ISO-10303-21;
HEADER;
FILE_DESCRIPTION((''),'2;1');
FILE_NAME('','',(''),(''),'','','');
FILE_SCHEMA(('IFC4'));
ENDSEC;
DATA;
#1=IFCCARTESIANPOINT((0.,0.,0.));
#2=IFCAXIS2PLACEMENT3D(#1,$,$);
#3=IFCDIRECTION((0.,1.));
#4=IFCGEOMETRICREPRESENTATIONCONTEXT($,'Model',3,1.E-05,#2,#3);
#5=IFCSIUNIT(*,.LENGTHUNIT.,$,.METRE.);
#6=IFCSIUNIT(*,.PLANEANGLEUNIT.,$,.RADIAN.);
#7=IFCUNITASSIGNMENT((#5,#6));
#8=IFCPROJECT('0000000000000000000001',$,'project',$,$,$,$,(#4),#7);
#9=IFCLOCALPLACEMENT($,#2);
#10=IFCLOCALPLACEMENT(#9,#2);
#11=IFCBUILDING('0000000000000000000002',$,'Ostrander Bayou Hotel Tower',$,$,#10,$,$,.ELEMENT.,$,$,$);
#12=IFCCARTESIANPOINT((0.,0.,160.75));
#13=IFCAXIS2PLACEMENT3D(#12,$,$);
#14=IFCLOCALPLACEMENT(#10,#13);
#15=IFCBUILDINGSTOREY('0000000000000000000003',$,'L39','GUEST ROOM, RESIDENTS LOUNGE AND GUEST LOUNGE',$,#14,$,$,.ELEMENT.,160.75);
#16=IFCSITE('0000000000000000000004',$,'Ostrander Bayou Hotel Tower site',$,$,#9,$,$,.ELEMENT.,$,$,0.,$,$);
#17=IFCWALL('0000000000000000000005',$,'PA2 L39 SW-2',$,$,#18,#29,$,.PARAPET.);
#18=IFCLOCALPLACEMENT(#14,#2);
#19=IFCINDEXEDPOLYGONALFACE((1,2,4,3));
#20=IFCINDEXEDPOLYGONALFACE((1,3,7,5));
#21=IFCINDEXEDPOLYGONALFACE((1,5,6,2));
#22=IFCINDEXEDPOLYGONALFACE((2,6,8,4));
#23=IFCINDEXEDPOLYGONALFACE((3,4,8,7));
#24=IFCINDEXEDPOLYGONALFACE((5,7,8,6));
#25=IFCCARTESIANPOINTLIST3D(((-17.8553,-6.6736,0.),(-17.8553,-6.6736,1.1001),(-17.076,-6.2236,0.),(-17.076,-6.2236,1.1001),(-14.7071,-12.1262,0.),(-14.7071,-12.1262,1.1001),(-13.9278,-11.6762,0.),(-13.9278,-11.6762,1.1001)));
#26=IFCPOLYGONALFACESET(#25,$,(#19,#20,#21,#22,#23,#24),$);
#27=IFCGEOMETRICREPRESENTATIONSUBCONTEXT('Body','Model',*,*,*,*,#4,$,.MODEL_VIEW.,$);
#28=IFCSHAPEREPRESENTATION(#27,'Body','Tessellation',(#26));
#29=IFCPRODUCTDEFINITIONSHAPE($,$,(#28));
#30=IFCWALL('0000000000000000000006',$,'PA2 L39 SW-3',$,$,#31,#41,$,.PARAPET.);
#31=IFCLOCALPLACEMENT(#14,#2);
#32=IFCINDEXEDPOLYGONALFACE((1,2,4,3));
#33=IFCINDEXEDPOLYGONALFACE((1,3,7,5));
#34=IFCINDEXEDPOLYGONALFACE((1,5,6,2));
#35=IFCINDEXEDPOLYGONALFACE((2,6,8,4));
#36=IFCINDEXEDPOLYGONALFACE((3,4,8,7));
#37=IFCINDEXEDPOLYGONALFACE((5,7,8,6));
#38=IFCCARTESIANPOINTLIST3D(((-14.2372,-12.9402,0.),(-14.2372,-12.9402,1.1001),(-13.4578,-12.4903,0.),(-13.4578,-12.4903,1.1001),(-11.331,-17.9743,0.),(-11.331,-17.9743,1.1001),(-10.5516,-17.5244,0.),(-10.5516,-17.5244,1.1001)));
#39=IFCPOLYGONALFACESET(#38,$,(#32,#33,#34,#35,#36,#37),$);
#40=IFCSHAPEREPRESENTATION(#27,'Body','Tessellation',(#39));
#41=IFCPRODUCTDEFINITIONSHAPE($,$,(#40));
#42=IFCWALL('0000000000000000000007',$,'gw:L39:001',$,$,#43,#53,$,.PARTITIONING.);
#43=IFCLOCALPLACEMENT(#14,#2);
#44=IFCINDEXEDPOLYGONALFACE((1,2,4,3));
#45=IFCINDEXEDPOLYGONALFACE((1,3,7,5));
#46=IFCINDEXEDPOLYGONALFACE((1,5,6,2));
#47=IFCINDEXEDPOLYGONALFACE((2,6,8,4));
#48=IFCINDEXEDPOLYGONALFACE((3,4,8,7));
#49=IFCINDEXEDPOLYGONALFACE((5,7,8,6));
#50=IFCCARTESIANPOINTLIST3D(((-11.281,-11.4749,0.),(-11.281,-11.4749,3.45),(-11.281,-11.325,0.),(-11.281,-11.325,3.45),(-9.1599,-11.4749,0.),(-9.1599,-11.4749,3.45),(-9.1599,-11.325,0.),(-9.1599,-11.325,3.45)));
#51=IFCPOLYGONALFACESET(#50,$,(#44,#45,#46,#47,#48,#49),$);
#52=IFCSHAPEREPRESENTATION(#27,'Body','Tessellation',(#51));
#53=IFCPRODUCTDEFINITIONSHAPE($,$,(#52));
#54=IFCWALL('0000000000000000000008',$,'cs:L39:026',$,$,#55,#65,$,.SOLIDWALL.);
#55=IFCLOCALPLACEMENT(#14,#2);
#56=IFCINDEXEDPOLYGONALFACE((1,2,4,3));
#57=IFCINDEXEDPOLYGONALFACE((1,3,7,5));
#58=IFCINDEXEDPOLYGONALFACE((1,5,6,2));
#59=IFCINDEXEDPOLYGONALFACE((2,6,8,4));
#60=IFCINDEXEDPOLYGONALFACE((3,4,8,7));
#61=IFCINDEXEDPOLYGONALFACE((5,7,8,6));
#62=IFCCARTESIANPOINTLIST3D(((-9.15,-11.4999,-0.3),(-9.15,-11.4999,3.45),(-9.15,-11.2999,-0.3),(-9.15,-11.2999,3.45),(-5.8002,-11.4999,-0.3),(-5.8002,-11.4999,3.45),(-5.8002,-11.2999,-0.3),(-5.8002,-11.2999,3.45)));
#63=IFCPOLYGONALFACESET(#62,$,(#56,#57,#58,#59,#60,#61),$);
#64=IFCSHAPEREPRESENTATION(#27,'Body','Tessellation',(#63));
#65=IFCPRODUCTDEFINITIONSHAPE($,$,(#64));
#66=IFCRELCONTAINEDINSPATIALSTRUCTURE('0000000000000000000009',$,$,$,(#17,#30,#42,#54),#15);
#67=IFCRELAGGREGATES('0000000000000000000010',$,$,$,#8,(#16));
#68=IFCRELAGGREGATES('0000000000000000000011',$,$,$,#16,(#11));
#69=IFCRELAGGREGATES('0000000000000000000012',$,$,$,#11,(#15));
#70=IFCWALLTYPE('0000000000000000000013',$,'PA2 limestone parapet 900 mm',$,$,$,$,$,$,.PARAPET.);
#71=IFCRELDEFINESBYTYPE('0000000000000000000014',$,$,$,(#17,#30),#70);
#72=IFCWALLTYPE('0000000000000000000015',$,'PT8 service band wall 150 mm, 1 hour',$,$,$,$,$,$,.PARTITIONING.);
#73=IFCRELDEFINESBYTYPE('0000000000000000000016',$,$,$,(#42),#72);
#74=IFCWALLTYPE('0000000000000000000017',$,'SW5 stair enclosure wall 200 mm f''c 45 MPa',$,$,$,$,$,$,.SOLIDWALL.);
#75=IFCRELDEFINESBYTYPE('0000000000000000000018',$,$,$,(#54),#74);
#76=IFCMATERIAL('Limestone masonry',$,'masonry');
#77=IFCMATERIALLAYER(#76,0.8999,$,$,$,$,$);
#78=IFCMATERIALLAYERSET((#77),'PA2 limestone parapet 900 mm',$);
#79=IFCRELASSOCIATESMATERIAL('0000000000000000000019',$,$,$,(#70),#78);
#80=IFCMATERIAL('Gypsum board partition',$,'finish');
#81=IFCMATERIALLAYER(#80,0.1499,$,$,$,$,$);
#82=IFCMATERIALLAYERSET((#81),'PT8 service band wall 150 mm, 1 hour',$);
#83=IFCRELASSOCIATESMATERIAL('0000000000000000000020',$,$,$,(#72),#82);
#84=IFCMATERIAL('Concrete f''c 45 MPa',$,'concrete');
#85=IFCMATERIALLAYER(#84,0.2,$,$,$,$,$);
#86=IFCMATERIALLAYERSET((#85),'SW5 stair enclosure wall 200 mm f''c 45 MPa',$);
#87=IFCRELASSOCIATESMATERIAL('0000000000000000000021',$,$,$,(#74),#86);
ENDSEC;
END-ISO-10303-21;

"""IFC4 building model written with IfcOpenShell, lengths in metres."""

from ifc_helpers import new_model, si_unit, direction, frame, frame_2d, origin, place, context, subcontext, project, spatial, rectangle, extrude, material, layer, layer_set, type_object, element, save


model = new_model("IFC4")

# Units and contexts
model_context = context("Model", 3, precision=1e-05, world=origin(), true_north=direction((0.0, 1.0)))
body_context = subcontext(model_context, "Body", "Model", "MODEL_VIEW")
ifc_project = project(units=[si_unit("LENGTHUNIT", "METRE"), si_unit("PLANEANGLEUNIT", "RADIAN")], contexts=[model_context])

# Site, building, storey
site_placement = place(None, origin())
site = spatial("IfcSite", under=ifc_project, at=site_placement, Name="Ostrander Bayou Hotel Tower site", CompositionType="ELEMENT", RefElevation=0.0)
building_placement = place(site_placement, origin())
building = spatial("IfcBuilding", under=site, at=building_placement, Name="Ostrander Bayou Hotel Tower", CompositionType="ELEMENT")
storey_placement = place(building_placement, frame((0.0, 0.0, 160.75)))
storey = spatial("IfcBuildingStorey", under=building, at=storey_placement, Name="L39", Description="GUEST ROOM, RESIDENTS LOUNGE AND GUEST LOUNGE", CompositionType="ELEMENT", Elevation=160.75)

# Walls
ifc_material_1 = material(Name="Limestone masonry", Category="masonry")
ifc_layer_1 = layer(ifc_material_1, 0.8999)
ifc_layer_set_1 = layer_set([ifc_layer_1], Name="PA2 limestone parapet 900 mm")
wall_type_1 = type_object("IfcWallType", Name="PA2 limestone parapet 900 mm", PredefinedType="PARAPET", material=ifc_layer_set_1)
wall_1_placement = place(storey_placement, frame((-17.4656, -6.4487, 0.0), z_axis=(0.0, 0.0, 1.0), x_axis=(0.500013, -0.866018, 0.0)))
element("IfcWall", 1, at=wall_1_placement, inside=storey, type_object=wall_type_1, Name="PA2 L39 SW-2", PredefinedType="PARAPET", context=body_context, shape_type="SweptSolid", body=[
    extrude(rectangle(XDim=6.2961, YDim=0.8999, at=frame_2d((3.1479, 0.0))), origin(), (0.0, 0.0, 1.0), 1.1001),
])
wall_2_placement = place(storey_placement, frame((-13.8474, -12.7153, 0.0), z_axis=(0.0, 0.0, 1.0), x_axis=(0.49997, -0.866043, 0.0)))
element("IfcWall", 2, at=wall_2_placement, inside=storey, type_object=wall_type_1, Name="PA2 L39 SW-3", PredefinedType="PARAPET", context=body_context, shape_type="SweptSolid", body=[
    extrude(rectangle(XDim=5.8127, YDim=0.8999, at=frame_2d((2.9062, 0.0))), origin(), (0.0, 0.0, 1.0), 1.1001),
])
ifc_material_2 = material(Name="Gypsum board partition", Category="finish")
ifc_layer_2 = layer(ifc_material_2, 0.1499)
ifc_layer_set_2 = layer_set([ifc_layer_2], Name="PT8 service band wall 150 mm, 1 hour")
wall_type_2 = type_object("IfcWallType", Name="PT8 service band wall 150 mm, 1 hour", PredefinedType="PARTITIONING", material=ifc_layer_set_2)
wall_3_placement = place(storey_placement, frame((-11.281, -11.3999, 0.0), z_axis=(0.0, 0.0, 1.0), x_axis=(1.0, 0.0, 0.0)))
element("IfcWall", 3, at=wall_3_placement, inside=storey, type_object=wall_type_2, Name="gw:L39:001", PredefinedType="PARTITIONING", context=body_context, shape_type="SweptSolid", body=[
    extrude(rectangle(XDim=2.1211, YDim=0.1499, at=frame_2d((1.0605, 0.0))), origin(), (0.0, 0.0, 1.0), 3.45),
])
ifc_material_3 = material(Name="Concrete f'c 45 MPa", Category="concrete")
ifc_layer_3 = layer(ifc_material_3, 0.2)
ifc_layer_set_3 = layer_set([ifc_layer_3], Name="SW5 stair enclosure wall 200 mm f'c 45 MPa")
wall_type_3 = type_object("IfcWallType", Name="SW5 stair enclosure wall 200 mm f'c 45 MPa", PredefinedType="SOLIDWALL", material=ifc_layer_set_3)
wall_4_placement = place(storey_placement, frame((-9.1499, -11.3999, -0.3), z_axis=(0.0, 0.0, 1.0), x_axis=(1.0, 0.0, 0.0)))
element("IfcWall", 4, at=wall_4_placement, inside=storey, type_object=wall_type_3, Name="cs:L39:026", PredefinedType="SOLIDWALL", context=body_context, shape_type="SweptSolid", body=[
    extrude(rectangle(XDim=3.3499, YDim=0.2, at=frame_2d((1.6748, 0.0))), origin(), (0.0, 0.0, 1.0), 3.75),
])

save(model, "model.ifc")
